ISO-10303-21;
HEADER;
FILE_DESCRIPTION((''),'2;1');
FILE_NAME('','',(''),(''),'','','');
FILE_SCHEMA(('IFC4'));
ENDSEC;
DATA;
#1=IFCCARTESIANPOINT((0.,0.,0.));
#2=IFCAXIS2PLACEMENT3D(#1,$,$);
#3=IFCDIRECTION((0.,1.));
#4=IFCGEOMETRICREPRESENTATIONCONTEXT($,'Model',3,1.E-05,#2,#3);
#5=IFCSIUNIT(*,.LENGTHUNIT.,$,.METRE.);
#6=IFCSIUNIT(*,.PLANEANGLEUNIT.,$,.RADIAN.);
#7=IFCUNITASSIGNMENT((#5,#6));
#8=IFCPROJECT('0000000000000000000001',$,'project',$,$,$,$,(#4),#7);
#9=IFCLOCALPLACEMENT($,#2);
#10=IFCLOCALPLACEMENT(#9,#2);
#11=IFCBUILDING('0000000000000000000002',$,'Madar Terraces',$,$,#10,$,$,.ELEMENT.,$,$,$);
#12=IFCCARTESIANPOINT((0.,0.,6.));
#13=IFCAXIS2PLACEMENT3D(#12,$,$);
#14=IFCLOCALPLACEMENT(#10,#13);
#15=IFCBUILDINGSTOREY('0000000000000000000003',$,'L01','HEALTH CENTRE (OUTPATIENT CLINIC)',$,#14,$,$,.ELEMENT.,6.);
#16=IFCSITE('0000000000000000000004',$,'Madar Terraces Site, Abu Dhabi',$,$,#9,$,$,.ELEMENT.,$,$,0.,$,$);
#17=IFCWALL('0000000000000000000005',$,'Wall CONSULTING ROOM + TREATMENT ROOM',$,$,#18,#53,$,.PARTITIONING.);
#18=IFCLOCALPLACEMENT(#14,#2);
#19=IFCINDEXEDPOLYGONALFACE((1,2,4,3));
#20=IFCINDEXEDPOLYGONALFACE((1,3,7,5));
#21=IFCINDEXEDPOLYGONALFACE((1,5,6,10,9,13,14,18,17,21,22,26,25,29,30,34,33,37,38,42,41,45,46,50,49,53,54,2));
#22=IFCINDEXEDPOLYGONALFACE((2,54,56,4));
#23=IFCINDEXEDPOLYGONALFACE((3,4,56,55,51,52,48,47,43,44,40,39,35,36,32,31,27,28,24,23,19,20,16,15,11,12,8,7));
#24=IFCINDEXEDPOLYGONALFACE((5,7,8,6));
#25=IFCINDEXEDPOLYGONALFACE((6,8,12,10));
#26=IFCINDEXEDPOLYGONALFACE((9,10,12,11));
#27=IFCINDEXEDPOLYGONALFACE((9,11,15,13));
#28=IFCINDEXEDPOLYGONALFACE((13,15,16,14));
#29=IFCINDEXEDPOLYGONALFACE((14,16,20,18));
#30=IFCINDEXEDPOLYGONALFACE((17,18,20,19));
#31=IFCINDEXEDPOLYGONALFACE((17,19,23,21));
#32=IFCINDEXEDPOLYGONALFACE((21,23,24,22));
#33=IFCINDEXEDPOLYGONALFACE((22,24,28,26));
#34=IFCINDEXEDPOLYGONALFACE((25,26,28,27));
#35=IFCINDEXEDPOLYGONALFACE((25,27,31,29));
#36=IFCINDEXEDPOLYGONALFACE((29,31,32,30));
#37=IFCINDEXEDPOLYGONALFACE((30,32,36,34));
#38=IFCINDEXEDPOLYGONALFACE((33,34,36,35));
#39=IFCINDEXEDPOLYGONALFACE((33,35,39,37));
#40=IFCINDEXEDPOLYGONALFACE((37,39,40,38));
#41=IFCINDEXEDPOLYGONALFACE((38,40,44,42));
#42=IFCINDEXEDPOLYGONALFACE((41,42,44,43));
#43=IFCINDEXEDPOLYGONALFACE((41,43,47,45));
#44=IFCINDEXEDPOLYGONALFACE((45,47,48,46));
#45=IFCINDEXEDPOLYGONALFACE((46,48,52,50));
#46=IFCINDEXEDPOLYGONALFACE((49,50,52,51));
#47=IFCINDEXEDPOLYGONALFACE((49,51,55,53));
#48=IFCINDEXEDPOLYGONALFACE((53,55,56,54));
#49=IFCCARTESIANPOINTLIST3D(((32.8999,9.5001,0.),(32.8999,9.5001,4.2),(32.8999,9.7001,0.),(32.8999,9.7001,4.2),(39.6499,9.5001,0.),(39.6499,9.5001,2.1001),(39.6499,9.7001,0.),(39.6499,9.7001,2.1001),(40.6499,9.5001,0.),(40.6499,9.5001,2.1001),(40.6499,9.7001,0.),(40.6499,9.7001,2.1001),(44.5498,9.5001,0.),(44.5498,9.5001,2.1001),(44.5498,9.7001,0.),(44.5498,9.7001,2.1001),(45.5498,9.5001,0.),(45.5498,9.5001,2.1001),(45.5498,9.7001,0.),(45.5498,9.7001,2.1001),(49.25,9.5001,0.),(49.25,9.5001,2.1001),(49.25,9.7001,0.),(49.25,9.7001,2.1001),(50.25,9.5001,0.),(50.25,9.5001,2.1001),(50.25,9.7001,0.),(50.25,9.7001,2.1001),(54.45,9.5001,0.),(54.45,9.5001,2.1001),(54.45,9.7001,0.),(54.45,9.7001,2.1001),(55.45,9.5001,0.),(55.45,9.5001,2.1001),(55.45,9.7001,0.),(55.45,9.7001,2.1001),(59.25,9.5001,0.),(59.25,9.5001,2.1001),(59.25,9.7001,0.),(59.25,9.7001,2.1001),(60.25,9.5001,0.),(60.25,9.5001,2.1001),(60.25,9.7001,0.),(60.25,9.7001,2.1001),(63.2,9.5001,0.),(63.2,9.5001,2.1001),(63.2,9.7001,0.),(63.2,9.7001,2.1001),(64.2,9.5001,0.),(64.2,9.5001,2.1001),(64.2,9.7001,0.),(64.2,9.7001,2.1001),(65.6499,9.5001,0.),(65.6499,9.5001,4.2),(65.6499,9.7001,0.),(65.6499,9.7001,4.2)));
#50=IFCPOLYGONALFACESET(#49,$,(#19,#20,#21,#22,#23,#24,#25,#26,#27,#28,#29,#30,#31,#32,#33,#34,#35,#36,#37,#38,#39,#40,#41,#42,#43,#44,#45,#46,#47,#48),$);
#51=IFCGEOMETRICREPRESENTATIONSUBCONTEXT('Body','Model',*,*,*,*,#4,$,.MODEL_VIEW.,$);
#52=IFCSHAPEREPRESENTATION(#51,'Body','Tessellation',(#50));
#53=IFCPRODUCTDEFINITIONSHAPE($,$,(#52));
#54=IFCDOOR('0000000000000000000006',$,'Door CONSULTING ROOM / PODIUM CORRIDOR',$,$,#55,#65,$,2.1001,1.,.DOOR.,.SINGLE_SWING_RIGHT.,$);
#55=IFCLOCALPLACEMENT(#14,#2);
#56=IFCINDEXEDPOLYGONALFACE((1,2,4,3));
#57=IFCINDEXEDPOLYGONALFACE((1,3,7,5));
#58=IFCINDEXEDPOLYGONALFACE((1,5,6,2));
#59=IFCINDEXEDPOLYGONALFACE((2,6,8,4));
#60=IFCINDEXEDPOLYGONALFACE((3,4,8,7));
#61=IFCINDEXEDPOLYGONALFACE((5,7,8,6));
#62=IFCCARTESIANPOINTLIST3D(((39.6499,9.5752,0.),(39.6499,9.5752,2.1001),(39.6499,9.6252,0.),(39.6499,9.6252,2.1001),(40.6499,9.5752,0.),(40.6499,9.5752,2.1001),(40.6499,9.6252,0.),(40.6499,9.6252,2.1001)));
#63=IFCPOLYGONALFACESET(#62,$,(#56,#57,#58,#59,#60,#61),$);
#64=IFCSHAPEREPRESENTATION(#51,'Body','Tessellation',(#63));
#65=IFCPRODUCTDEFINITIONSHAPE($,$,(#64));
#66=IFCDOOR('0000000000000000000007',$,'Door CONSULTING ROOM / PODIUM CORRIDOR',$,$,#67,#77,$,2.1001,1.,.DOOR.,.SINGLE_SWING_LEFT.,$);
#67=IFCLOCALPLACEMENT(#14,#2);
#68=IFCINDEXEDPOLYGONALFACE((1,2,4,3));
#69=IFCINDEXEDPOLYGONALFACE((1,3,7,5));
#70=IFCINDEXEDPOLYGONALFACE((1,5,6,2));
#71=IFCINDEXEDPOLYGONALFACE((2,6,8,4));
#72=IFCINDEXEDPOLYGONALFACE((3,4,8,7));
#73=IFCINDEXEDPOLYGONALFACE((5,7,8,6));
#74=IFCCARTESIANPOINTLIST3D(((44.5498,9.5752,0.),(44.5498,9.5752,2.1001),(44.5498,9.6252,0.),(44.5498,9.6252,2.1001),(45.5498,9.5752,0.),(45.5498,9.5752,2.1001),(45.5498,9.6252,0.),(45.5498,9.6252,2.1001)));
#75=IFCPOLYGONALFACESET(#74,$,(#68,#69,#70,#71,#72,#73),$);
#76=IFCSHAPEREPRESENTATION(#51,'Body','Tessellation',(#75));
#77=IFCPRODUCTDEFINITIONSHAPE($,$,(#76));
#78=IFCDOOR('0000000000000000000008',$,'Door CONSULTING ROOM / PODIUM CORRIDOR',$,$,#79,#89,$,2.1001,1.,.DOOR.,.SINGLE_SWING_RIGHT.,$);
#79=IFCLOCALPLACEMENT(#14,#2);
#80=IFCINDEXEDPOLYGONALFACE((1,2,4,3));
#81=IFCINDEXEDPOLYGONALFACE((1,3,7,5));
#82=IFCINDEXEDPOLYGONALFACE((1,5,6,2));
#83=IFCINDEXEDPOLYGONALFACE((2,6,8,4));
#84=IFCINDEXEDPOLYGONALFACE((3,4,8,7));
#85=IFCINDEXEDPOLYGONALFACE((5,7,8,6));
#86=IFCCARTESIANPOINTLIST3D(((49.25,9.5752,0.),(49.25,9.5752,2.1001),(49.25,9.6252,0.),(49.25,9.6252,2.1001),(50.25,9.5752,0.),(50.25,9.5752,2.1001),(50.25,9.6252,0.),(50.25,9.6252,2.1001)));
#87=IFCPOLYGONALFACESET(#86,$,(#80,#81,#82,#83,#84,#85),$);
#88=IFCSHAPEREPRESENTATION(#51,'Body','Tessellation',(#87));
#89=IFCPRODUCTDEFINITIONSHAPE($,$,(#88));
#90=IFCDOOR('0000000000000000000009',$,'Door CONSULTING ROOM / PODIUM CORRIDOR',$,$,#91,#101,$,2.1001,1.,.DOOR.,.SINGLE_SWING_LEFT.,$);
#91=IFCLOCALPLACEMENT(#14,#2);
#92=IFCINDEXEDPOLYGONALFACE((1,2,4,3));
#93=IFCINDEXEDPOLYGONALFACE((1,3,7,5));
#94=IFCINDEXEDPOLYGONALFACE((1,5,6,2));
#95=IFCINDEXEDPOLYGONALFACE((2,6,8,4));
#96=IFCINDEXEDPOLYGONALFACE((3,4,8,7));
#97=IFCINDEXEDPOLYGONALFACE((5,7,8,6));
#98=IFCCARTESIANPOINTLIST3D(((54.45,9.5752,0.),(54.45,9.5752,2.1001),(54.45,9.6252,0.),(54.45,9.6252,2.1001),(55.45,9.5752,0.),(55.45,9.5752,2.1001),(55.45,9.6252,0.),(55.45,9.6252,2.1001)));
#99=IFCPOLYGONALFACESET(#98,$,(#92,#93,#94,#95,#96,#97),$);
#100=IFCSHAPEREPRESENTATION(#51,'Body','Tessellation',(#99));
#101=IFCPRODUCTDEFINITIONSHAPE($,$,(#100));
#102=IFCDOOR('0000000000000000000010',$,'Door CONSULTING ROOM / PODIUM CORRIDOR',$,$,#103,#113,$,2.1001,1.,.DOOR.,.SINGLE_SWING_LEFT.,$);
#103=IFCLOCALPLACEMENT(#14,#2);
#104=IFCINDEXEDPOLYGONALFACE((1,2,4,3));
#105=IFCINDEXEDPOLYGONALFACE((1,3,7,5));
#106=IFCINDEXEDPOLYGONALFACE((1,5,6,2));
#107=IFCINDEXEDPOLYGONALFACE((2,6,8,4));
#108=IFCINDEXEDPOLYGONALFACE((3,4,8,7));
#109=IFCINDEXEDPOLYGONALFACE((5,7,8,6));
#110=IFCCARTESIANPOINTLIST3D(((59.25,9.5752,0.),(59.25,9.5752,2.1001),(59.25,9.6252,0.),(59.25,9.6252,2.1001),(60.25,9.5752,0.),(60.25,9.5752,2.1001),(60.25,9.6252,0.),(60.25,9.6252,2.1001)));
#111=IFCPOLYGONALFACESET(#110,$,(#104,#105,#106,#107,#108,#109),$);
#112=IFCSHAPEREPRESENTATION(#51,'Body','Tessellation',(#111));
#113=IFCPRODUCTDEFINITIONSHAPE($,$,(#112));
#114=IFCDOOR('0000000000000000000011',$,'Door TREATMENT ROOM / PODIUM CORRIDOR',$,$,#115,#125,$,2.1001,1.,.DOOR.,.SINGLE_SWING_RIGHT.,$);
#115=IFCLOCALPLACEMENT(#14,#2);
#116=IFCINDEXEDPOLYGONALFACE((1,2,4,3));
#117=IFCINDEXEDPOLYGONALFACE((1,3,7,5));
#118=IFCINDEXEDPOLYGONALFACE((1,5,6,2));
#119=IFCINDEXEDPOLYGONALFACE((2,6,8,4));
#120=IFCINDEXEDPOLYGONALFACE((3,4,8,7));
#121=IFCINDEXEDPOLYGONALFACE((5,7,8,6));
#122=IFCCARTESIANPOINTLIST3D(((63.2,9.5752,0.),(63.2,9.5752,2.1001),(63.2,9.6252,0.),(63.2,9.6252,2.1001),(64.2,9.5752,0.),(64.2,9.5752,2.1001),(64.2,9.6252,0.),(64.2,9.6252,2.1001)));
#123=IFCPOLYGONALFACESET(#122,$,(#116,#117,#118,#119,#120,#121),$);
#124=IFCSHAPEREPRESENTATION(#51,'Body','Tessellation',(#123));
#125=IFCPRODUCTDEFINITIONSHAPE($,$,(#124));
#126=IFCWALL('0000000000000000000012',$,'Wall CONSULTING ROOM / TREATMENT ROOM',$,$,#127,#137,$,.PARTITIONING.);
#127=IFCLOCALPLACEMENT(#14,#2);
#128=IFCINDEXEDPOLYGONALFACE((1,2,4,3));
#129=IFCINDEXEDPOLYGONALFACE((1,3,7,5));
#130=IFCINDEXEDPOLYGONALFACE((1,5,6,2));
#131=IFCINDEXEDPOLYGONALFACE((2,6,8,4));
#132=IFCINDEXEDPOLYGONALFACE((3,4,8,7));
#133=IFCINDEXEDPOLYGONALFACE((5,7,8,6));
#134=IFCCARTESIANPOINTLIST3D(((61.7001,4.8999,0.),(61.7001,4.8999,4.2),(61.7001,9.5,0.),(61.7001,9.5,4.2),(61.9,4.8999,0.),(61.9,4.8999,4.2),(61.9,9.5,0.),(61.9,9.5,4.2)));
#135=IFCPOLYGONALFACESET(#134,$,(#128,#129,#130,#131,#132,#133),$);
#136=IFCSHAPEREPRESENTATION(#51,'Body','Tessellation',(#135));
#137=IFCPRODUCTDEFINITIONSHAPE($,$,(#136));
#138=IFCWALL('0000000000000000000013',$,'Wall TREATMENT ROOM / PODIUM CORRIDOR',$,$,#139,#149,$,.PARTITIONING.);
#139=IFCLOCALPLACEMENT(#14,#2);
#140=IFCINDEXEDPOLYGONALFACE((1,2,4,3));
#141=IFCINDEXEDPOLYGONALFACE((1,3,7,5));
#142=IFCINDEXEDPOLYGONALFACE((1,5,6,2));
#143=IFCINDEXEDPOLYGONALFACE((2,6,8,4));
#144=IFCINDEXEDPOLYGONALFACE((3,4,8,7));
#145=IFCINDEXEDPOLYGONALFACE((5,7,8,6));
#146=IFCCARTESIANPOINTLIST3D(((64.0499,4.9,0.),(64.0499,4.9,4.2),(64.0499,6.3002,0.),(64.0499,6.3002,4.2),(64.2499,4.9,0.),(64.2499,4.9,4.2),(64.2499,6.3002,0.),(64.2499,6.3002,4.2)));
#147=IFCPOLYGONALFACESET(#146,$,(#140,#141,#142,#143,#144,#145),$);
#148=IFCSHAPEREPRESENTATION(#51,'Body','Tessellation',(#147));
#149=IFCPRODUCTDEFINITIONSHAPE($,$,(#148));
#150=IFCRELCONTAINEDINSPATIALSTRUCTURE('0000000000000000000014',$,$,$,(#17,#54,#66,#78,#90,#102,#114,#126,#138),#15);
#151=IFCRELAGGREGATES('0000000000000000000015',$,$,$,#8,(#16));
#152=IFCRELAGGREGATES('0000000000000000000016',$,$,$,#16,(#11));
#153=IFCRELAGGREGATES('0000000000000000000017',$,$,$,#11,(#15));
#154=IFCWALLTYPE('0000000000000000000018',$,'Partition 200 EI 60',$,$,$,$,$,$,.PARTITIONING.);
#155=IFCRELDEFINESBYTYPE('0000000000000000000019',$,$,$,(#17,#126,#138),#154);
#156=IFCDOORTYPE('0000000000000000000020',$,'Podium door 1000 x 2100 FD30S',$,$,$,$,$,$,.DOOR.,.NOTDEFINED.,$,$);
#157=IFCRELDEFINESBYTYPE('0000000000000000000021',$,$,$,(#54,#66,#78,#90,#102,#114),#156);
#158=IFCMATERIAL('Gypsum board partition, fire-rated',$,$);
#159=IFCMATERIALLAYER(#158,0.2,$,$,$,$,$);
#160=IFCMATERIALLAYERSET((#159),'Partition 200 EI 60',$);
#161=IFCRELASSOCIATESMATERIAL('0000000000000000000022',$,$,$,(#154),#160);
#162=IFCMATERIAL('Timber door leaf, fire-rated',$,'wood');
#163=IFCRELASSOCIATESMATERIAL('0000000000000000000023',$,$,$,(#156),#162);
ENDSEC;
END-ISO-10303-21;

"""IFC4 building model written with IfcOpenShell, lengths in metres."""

from ifc_helpers import new_model, si_unit, direction, frame, frame_2d, origin, place, context, subcontext, project, spatial, rectangle, extrude, material, layer, layer_set, type_object, element, fill, save


model = new_model("IFC4")

# Units and contexts
model_context = context("Model", 3, precision=1e-05, world=origin(), true_north=direction((0.0, 1.0)))
body_context = subcontext(model_context, "Body", "Model", "MODEL_VIEW")
ifc_project = project(units=[si_unit("LENGTHUNIT", "METRE"), si_unit("PLANEANGLEUNIT", "RADIAN")], contexts=[model_context])

# Site, building, storey
site_placement = place(None, origin())
site = spatial("IfcSite", under=ifc_project, at=site_placement, Name="Madar Terraces Site, Abu Dhabi", CompositionType="ELEMENT", RefElevation=0.0)
building_placement = place(site_placement, origin())
building = spatial("IfcBuilding", under=site, at=building_placement, Name="Madar Terraces", CompositionType="ELEMENT")
storey_placement = place(building_placement, frame((0.0, 0.0, 6.0)))
storey = spatial("IfcBuildingStorey", under=building, at=storey_placement, Name="L01", Description="HEALTH CENTRE (OUTPATIENT CLINIC)", CompositionType="ELEMENT", Elevation=6.0)

# Shared definitions
ifc_material_1 = material(Name="Gypsum board partition, fire-rated")
ifc_layer_1 = layer(ifc_material_1, 0.2)
ifc_layer_set_1 = layer_set([ifc_layer_1], Name="Partition 200 EI 60")
wall_type_1 = type_object("IfcWallType", Name="Partition 200 EI 60", PredefinedType="PARTITIONING", material=ifc_layer_set_1)

# Wall, openings, doors
wall_1_placement = place(storey_placement, frame((65.6499, 9.6001, 0.0), z_axis=(0.0, 0.0, 1.0), x_axis=(-1.0, 0.0, 0.0)))
wall_1 = element("IfcWall", 1, at=wall_1_placement, inside=storey, type_object=wall_type_1, Name="Wall CONSULTING ROOM + TREATMENT ROOM", PredefinedType="PARTITIONING", context=body_context, shape_type="SweptSolid", body=[
    extrude(rectangle(XDim=32.75, YDim=0.2, at=frame_2d((16.375, 0.0))), origin(), (0.0, 0.0, 1.0), 4.2),
])
opening_1_placement = place(wall_1_placement, frame((25.0, 0.0, 0.0)))
opening_1 = element("IfcOpeningElement", 2, at=opening_1_placement, cuts=wall_1, PredefinedType="OPENING", context=body_context, shape_type="SweptSolid", body=[
    extrude(rectangle(XDim=1.0, YDim=2.1001, at=frame_2d((0.5, 1.05))), frame((0.0, 0.1099, 0.0), z_axis=(0.0, -1.0, 0.0), x_axis=(1.0, 0.0, 0.0)), (0.0, 0.0, 1.0), 0.22),
])
opening_2_placement = place(wall_1_placement, frame((20.1001, 0.0, 0.0)))
opening_2 = element("IfcOpeningElement", 3, at=opening_2_placement, cuts=wall_1, PredefinedType="OPENING", context=body_context, shape_type="SweptSolid", body=[
    extrude(rectangle(XDim=1.0, YDim=2.1001, at=frame_2d((0.5, 1.05))), frame((0.0, 0.1099, 0.0), z_axis=(0.0, -1.0, 0.0), x_axis=(1.0, 0.0, 0.0)), (0.0, 0.0, 1.0), 0.22),
])
opening_3_placement = place(wall_1_placement, frame((15.3999, 0.0, 0.0)))
opening_3 = element("IfcOpeningElement", 4, at=opening_3_placement, cuts=wall_1, PredefinedType="OPENING", context=body_context, shape_type="SweptSolid", body=[
    extrude(rectangle(XDim=1.0, YDim=2.1001, at=frame_2d((0.5, 1.05))), frame((0.0, 0.1099, 0.0), z_axis=(0.0, -1.0, 0.0), x_axis=(1.0, 0.0, 0.0)), (0.0, 0.0, 1.0), 0.22),
])
opening_4_placement = place(wall_1_placement, frame((10.2, 0.0, 0.0)))
opening_4 = element("IfcOpeningElement", 5, at=opening_4_placement, cuts=wall_1, PredefinedType="OPENING", context=body_context, shape_type="SweptSolid", body=[
    extrude(rectangle(XDim=1.0, YDim=2.1001, at=frame_2d((0.5, 1.05))), frame((0.0, 0.1099, 0.0), z_axis=(0.0, -1.0, 0.0), x_axis=(1.0, 0.0, 0.0)), (0.0, 0.0, 1.0), 0.22),
])
opening_5_placement = place(wall_1_placement, frame((5.3999, 0.0, 0.0)))
opening_5 = element("IfcOpeningElement", 6, at=opening_5_placement, cuts=wall_1, PredefinedType="OPENING", context=body_context, shape_type="SweptSolid", body=[
    extrude(rectangle(XDim=1.0, YDim=2.1001, at=frame_2d((0.5, 1.05))), frame((0.0, 0.1099, 0.0), z_axis=(0.0, -1.0, 0.0), x_axis=(1.0, 0.0, 0.0)), (0.0, 0.0, 1.0), 0.22),
])
opening_6_placement = place(wall_1_placement, frame((1.45, 0.0, 0.0)))
opening_6 = element("IfcOpeningElement", 7, at=opening_6_placement, cuts=wall_1, PredefinedType="OPENING", context=body_context, shape_type="SweptSolid", body=[
    extrude(rectangle(XDim=1.0, YDim=2.1001, at=frame_2d((0.5, 1.05))), frame((0.0, 0.1099, 0.0), z_axis=(0.0, -1.0, 0.0), x_axis=(1.0, 0.0, 0.0)), (0.0, 0.0, 1.0), 0.22),
])
ifc_material_2 = material(Name="Timber door leaf, fire-rated", Category="wood")
door_type_1 = type_object("IfcDoorType", Name="Podium door 1000 x 2100 FD30S", OperationType="NOTDEFINED", PredefinedType="DOOR", material=ifc_material_2)
door_1_placement = place(opening_1_placement, origin())
door_1 = element("IfcDoor", 8, at=door_1_placement, inside=storey, type_object=door_type_1, Name="Door CONSULTING ROOM / PODIUM CORRIDOR", OperationType="SINGLE_SWING_RIGHT", OverallHeight=2.1001, OverallWidth=1.0, PredefinedType="DOOR", context=body_context, shape_type="SweptSolid", body=[
    extrude(rectangle(XDim=1.0, YDim=2.1001, at=frame_2d((0.5, 1.05))), frame((0.0, 0.0249, 0.0), z_axis=(0.0, -1.0, 0.0), x_axis=(1.0, 0.0, 0.0)), (0.0, 0.0, 1.0), 0.05),
])
fill(opening_1, door_1)
door_2_placement = place(opening_2_placement, origin())
door_2 = element("IfcDoor", 9, at=door_2_placement, inside=storey, type_object=door_type_1, Name="Door CONSULTING ROOM / PODIUM CORRIDOR", OperationType="SINGLE_SWING_LEFT", OverallHeight=2.1001, OverallWidth=1.0, PredefinedType="DOOR", context=body_context, shape_type="SweptSolid", body=[
    extrude(rectangle(XDim=1.0, YDim=2.1001, at=frame_2d((0.5, 1.05))), frame((0.0, 0.0249, 0.0), z_axis=(0.0, -1.0, 0.0), x_axis=(1.0, 0.0, 0.0)), (0.0, 0.0, 1.0), 0.05),
])
fill(opening_2, door_2)
door_3_placement = place(opening_3_placement, origin())
door_3 = element("IfcDoor", 10, at=door_3_placement, inside=storey, type_object=door_type_1, Name="Door CONSULTING ROOM / PODIUM CORRIDOR", OperationType="SINGLE_SWING_RIGHT", OverallHeight=2.1001, OverallWidth=1.0, PredefinedType="DOOR", context=body_context, shape_type="SweptSolid", body=[
    extrude(rectangle(XDim=1.0, YDim=2.1001, at=frame_2d((0.5, 1.05))), frame((0.0, 0.0249, 0.0), z_axis=(0.0, -1.0, 0.0), x_axis=(1.0, 0.0, 0.0)), (0.0, 0.0, 1.0), 0.05),
])
fill(opening_3, door_3)
door_4_placement = place(opening_4_placement, origin())
door_4 = element("IfcDoor", 11, at=door_4_placement, inside=storey, type_object=door_type_1, Name="Door CONSULTING ROOM / PODIUM CORRIDOR", OperationType="SINGLE_SWING_LEFT", OverallHeight=2.1001, OverallWidth=1.0, PredefinedType="DOOR", context=body_context, shape_type="SweptSolid", body=[
    extrude(rectangle(XDim=1.0, YDim=2.1001, at=frame_2d((0.5, 1.05))), frame((0.0, 0.0249, 0.0), z_axis=(0.0, -1.0, 0.0), x_axis=(1.0, 0.0, 0.0)), (0.0, 0.0, 1.0), 0.05),
])
fill(opening_4, door_4)
door_5_placement = place(opening_5_placement, origin())
door_5 = element("IfcDoor", 12, at=door_5_placement, inside=storey, type_object=door_type_1, Name="Door CONSULTING ROOM / PODIUM CORRIDOR", OperationType="SINGLE_SWING_LEFT", OverallHeight=2.1001, OverallWidth=1.0, PredefinedType="DOOR", context=body_context, shape_type="SweptSolid", body=[
    extrude(rectangle(XDim=1.0, YDim=2.1001, at=frame_2d((0.5, 1.05))), frame((0.0, 0.0249, 0.0), z_axis=(0.0, -1.0, 0.0), x_axis=(1.0, 0.0, 0.0)), (0.0, 0.0, 1.0), 0.05),
])
fill(opening_5, door_5)
door_6_placement = place(opening_6_placement, origin())
door_6 = element("IfcDoor", 13, at=door_6_placement, inside=storey, type_object=door_type_1, Name="Door TREATMENT ROOM / PODIUM CORRIDOR", OperationType="SINGLE_SWING_RIGHT", OverallHeight=2.1001, OverallWidth=1.0, PredefinedType="DOOR", context=body_context, shape_type="SweptSolid", body=[
    extrude(rectangle(XDim=1.0, YDim=2.1001, at=frame_2d((0.5, 1.05))), frame((0.0, 0.0249, 0.0), z_axis=(0.0, -1.0, 0.0), x_axis=(1.0, 0.0, 0.0)), (0.0, 0.0, 1.0), 0.05),
])
fill(opening_6, door_6)

# Walls
wall_2_placement = place(storey_placement, frame((61.8, 4.8999, 0.0), z_axis=(0.0, 0.0, 1.0), x_axis=(0.0, 1.0, 0.0)))
element("IfcWall", 14, at=wall_2_placement, inside=storey, type_object=wall_type_1, Name="Wall CONSULTING ROOM / TREATMENT ROOM", PredefinedType="PARTITIONING", context=body_context, shape_type="SweptSolid", body=[
    extrude(rectangle(XDim=4.6001, YDim=0.2, at=frame_2d((2.3, 0.0))), origin(), (0.0, 0.0, 1.0), 4.2),
])
wall_3_placement = place(storey_placement, frame((64.1499, 4.8999, 0.0), z_axis=(0.0, 0.0, 1.0), x_axis=(0.0, 1.0, 0.0)))
element("IfcWall", 15, at=wall_3_placement, inside=storey, type_object=wall_type_1, Name="Wall TREATMENT ROOM / PODIUM CORRIDOR", PredefinedType="PARTITIONING", context=body_context, shape_type="SweptSolid", body=[
    extrude(rectangle(XDim=1.4001, YDim=0.2, at=frame_2d((0.7002, 0.0))), origin(), (0.0, 0.0, 1.0), 4.2),
])

save(model, "model.ifc")
